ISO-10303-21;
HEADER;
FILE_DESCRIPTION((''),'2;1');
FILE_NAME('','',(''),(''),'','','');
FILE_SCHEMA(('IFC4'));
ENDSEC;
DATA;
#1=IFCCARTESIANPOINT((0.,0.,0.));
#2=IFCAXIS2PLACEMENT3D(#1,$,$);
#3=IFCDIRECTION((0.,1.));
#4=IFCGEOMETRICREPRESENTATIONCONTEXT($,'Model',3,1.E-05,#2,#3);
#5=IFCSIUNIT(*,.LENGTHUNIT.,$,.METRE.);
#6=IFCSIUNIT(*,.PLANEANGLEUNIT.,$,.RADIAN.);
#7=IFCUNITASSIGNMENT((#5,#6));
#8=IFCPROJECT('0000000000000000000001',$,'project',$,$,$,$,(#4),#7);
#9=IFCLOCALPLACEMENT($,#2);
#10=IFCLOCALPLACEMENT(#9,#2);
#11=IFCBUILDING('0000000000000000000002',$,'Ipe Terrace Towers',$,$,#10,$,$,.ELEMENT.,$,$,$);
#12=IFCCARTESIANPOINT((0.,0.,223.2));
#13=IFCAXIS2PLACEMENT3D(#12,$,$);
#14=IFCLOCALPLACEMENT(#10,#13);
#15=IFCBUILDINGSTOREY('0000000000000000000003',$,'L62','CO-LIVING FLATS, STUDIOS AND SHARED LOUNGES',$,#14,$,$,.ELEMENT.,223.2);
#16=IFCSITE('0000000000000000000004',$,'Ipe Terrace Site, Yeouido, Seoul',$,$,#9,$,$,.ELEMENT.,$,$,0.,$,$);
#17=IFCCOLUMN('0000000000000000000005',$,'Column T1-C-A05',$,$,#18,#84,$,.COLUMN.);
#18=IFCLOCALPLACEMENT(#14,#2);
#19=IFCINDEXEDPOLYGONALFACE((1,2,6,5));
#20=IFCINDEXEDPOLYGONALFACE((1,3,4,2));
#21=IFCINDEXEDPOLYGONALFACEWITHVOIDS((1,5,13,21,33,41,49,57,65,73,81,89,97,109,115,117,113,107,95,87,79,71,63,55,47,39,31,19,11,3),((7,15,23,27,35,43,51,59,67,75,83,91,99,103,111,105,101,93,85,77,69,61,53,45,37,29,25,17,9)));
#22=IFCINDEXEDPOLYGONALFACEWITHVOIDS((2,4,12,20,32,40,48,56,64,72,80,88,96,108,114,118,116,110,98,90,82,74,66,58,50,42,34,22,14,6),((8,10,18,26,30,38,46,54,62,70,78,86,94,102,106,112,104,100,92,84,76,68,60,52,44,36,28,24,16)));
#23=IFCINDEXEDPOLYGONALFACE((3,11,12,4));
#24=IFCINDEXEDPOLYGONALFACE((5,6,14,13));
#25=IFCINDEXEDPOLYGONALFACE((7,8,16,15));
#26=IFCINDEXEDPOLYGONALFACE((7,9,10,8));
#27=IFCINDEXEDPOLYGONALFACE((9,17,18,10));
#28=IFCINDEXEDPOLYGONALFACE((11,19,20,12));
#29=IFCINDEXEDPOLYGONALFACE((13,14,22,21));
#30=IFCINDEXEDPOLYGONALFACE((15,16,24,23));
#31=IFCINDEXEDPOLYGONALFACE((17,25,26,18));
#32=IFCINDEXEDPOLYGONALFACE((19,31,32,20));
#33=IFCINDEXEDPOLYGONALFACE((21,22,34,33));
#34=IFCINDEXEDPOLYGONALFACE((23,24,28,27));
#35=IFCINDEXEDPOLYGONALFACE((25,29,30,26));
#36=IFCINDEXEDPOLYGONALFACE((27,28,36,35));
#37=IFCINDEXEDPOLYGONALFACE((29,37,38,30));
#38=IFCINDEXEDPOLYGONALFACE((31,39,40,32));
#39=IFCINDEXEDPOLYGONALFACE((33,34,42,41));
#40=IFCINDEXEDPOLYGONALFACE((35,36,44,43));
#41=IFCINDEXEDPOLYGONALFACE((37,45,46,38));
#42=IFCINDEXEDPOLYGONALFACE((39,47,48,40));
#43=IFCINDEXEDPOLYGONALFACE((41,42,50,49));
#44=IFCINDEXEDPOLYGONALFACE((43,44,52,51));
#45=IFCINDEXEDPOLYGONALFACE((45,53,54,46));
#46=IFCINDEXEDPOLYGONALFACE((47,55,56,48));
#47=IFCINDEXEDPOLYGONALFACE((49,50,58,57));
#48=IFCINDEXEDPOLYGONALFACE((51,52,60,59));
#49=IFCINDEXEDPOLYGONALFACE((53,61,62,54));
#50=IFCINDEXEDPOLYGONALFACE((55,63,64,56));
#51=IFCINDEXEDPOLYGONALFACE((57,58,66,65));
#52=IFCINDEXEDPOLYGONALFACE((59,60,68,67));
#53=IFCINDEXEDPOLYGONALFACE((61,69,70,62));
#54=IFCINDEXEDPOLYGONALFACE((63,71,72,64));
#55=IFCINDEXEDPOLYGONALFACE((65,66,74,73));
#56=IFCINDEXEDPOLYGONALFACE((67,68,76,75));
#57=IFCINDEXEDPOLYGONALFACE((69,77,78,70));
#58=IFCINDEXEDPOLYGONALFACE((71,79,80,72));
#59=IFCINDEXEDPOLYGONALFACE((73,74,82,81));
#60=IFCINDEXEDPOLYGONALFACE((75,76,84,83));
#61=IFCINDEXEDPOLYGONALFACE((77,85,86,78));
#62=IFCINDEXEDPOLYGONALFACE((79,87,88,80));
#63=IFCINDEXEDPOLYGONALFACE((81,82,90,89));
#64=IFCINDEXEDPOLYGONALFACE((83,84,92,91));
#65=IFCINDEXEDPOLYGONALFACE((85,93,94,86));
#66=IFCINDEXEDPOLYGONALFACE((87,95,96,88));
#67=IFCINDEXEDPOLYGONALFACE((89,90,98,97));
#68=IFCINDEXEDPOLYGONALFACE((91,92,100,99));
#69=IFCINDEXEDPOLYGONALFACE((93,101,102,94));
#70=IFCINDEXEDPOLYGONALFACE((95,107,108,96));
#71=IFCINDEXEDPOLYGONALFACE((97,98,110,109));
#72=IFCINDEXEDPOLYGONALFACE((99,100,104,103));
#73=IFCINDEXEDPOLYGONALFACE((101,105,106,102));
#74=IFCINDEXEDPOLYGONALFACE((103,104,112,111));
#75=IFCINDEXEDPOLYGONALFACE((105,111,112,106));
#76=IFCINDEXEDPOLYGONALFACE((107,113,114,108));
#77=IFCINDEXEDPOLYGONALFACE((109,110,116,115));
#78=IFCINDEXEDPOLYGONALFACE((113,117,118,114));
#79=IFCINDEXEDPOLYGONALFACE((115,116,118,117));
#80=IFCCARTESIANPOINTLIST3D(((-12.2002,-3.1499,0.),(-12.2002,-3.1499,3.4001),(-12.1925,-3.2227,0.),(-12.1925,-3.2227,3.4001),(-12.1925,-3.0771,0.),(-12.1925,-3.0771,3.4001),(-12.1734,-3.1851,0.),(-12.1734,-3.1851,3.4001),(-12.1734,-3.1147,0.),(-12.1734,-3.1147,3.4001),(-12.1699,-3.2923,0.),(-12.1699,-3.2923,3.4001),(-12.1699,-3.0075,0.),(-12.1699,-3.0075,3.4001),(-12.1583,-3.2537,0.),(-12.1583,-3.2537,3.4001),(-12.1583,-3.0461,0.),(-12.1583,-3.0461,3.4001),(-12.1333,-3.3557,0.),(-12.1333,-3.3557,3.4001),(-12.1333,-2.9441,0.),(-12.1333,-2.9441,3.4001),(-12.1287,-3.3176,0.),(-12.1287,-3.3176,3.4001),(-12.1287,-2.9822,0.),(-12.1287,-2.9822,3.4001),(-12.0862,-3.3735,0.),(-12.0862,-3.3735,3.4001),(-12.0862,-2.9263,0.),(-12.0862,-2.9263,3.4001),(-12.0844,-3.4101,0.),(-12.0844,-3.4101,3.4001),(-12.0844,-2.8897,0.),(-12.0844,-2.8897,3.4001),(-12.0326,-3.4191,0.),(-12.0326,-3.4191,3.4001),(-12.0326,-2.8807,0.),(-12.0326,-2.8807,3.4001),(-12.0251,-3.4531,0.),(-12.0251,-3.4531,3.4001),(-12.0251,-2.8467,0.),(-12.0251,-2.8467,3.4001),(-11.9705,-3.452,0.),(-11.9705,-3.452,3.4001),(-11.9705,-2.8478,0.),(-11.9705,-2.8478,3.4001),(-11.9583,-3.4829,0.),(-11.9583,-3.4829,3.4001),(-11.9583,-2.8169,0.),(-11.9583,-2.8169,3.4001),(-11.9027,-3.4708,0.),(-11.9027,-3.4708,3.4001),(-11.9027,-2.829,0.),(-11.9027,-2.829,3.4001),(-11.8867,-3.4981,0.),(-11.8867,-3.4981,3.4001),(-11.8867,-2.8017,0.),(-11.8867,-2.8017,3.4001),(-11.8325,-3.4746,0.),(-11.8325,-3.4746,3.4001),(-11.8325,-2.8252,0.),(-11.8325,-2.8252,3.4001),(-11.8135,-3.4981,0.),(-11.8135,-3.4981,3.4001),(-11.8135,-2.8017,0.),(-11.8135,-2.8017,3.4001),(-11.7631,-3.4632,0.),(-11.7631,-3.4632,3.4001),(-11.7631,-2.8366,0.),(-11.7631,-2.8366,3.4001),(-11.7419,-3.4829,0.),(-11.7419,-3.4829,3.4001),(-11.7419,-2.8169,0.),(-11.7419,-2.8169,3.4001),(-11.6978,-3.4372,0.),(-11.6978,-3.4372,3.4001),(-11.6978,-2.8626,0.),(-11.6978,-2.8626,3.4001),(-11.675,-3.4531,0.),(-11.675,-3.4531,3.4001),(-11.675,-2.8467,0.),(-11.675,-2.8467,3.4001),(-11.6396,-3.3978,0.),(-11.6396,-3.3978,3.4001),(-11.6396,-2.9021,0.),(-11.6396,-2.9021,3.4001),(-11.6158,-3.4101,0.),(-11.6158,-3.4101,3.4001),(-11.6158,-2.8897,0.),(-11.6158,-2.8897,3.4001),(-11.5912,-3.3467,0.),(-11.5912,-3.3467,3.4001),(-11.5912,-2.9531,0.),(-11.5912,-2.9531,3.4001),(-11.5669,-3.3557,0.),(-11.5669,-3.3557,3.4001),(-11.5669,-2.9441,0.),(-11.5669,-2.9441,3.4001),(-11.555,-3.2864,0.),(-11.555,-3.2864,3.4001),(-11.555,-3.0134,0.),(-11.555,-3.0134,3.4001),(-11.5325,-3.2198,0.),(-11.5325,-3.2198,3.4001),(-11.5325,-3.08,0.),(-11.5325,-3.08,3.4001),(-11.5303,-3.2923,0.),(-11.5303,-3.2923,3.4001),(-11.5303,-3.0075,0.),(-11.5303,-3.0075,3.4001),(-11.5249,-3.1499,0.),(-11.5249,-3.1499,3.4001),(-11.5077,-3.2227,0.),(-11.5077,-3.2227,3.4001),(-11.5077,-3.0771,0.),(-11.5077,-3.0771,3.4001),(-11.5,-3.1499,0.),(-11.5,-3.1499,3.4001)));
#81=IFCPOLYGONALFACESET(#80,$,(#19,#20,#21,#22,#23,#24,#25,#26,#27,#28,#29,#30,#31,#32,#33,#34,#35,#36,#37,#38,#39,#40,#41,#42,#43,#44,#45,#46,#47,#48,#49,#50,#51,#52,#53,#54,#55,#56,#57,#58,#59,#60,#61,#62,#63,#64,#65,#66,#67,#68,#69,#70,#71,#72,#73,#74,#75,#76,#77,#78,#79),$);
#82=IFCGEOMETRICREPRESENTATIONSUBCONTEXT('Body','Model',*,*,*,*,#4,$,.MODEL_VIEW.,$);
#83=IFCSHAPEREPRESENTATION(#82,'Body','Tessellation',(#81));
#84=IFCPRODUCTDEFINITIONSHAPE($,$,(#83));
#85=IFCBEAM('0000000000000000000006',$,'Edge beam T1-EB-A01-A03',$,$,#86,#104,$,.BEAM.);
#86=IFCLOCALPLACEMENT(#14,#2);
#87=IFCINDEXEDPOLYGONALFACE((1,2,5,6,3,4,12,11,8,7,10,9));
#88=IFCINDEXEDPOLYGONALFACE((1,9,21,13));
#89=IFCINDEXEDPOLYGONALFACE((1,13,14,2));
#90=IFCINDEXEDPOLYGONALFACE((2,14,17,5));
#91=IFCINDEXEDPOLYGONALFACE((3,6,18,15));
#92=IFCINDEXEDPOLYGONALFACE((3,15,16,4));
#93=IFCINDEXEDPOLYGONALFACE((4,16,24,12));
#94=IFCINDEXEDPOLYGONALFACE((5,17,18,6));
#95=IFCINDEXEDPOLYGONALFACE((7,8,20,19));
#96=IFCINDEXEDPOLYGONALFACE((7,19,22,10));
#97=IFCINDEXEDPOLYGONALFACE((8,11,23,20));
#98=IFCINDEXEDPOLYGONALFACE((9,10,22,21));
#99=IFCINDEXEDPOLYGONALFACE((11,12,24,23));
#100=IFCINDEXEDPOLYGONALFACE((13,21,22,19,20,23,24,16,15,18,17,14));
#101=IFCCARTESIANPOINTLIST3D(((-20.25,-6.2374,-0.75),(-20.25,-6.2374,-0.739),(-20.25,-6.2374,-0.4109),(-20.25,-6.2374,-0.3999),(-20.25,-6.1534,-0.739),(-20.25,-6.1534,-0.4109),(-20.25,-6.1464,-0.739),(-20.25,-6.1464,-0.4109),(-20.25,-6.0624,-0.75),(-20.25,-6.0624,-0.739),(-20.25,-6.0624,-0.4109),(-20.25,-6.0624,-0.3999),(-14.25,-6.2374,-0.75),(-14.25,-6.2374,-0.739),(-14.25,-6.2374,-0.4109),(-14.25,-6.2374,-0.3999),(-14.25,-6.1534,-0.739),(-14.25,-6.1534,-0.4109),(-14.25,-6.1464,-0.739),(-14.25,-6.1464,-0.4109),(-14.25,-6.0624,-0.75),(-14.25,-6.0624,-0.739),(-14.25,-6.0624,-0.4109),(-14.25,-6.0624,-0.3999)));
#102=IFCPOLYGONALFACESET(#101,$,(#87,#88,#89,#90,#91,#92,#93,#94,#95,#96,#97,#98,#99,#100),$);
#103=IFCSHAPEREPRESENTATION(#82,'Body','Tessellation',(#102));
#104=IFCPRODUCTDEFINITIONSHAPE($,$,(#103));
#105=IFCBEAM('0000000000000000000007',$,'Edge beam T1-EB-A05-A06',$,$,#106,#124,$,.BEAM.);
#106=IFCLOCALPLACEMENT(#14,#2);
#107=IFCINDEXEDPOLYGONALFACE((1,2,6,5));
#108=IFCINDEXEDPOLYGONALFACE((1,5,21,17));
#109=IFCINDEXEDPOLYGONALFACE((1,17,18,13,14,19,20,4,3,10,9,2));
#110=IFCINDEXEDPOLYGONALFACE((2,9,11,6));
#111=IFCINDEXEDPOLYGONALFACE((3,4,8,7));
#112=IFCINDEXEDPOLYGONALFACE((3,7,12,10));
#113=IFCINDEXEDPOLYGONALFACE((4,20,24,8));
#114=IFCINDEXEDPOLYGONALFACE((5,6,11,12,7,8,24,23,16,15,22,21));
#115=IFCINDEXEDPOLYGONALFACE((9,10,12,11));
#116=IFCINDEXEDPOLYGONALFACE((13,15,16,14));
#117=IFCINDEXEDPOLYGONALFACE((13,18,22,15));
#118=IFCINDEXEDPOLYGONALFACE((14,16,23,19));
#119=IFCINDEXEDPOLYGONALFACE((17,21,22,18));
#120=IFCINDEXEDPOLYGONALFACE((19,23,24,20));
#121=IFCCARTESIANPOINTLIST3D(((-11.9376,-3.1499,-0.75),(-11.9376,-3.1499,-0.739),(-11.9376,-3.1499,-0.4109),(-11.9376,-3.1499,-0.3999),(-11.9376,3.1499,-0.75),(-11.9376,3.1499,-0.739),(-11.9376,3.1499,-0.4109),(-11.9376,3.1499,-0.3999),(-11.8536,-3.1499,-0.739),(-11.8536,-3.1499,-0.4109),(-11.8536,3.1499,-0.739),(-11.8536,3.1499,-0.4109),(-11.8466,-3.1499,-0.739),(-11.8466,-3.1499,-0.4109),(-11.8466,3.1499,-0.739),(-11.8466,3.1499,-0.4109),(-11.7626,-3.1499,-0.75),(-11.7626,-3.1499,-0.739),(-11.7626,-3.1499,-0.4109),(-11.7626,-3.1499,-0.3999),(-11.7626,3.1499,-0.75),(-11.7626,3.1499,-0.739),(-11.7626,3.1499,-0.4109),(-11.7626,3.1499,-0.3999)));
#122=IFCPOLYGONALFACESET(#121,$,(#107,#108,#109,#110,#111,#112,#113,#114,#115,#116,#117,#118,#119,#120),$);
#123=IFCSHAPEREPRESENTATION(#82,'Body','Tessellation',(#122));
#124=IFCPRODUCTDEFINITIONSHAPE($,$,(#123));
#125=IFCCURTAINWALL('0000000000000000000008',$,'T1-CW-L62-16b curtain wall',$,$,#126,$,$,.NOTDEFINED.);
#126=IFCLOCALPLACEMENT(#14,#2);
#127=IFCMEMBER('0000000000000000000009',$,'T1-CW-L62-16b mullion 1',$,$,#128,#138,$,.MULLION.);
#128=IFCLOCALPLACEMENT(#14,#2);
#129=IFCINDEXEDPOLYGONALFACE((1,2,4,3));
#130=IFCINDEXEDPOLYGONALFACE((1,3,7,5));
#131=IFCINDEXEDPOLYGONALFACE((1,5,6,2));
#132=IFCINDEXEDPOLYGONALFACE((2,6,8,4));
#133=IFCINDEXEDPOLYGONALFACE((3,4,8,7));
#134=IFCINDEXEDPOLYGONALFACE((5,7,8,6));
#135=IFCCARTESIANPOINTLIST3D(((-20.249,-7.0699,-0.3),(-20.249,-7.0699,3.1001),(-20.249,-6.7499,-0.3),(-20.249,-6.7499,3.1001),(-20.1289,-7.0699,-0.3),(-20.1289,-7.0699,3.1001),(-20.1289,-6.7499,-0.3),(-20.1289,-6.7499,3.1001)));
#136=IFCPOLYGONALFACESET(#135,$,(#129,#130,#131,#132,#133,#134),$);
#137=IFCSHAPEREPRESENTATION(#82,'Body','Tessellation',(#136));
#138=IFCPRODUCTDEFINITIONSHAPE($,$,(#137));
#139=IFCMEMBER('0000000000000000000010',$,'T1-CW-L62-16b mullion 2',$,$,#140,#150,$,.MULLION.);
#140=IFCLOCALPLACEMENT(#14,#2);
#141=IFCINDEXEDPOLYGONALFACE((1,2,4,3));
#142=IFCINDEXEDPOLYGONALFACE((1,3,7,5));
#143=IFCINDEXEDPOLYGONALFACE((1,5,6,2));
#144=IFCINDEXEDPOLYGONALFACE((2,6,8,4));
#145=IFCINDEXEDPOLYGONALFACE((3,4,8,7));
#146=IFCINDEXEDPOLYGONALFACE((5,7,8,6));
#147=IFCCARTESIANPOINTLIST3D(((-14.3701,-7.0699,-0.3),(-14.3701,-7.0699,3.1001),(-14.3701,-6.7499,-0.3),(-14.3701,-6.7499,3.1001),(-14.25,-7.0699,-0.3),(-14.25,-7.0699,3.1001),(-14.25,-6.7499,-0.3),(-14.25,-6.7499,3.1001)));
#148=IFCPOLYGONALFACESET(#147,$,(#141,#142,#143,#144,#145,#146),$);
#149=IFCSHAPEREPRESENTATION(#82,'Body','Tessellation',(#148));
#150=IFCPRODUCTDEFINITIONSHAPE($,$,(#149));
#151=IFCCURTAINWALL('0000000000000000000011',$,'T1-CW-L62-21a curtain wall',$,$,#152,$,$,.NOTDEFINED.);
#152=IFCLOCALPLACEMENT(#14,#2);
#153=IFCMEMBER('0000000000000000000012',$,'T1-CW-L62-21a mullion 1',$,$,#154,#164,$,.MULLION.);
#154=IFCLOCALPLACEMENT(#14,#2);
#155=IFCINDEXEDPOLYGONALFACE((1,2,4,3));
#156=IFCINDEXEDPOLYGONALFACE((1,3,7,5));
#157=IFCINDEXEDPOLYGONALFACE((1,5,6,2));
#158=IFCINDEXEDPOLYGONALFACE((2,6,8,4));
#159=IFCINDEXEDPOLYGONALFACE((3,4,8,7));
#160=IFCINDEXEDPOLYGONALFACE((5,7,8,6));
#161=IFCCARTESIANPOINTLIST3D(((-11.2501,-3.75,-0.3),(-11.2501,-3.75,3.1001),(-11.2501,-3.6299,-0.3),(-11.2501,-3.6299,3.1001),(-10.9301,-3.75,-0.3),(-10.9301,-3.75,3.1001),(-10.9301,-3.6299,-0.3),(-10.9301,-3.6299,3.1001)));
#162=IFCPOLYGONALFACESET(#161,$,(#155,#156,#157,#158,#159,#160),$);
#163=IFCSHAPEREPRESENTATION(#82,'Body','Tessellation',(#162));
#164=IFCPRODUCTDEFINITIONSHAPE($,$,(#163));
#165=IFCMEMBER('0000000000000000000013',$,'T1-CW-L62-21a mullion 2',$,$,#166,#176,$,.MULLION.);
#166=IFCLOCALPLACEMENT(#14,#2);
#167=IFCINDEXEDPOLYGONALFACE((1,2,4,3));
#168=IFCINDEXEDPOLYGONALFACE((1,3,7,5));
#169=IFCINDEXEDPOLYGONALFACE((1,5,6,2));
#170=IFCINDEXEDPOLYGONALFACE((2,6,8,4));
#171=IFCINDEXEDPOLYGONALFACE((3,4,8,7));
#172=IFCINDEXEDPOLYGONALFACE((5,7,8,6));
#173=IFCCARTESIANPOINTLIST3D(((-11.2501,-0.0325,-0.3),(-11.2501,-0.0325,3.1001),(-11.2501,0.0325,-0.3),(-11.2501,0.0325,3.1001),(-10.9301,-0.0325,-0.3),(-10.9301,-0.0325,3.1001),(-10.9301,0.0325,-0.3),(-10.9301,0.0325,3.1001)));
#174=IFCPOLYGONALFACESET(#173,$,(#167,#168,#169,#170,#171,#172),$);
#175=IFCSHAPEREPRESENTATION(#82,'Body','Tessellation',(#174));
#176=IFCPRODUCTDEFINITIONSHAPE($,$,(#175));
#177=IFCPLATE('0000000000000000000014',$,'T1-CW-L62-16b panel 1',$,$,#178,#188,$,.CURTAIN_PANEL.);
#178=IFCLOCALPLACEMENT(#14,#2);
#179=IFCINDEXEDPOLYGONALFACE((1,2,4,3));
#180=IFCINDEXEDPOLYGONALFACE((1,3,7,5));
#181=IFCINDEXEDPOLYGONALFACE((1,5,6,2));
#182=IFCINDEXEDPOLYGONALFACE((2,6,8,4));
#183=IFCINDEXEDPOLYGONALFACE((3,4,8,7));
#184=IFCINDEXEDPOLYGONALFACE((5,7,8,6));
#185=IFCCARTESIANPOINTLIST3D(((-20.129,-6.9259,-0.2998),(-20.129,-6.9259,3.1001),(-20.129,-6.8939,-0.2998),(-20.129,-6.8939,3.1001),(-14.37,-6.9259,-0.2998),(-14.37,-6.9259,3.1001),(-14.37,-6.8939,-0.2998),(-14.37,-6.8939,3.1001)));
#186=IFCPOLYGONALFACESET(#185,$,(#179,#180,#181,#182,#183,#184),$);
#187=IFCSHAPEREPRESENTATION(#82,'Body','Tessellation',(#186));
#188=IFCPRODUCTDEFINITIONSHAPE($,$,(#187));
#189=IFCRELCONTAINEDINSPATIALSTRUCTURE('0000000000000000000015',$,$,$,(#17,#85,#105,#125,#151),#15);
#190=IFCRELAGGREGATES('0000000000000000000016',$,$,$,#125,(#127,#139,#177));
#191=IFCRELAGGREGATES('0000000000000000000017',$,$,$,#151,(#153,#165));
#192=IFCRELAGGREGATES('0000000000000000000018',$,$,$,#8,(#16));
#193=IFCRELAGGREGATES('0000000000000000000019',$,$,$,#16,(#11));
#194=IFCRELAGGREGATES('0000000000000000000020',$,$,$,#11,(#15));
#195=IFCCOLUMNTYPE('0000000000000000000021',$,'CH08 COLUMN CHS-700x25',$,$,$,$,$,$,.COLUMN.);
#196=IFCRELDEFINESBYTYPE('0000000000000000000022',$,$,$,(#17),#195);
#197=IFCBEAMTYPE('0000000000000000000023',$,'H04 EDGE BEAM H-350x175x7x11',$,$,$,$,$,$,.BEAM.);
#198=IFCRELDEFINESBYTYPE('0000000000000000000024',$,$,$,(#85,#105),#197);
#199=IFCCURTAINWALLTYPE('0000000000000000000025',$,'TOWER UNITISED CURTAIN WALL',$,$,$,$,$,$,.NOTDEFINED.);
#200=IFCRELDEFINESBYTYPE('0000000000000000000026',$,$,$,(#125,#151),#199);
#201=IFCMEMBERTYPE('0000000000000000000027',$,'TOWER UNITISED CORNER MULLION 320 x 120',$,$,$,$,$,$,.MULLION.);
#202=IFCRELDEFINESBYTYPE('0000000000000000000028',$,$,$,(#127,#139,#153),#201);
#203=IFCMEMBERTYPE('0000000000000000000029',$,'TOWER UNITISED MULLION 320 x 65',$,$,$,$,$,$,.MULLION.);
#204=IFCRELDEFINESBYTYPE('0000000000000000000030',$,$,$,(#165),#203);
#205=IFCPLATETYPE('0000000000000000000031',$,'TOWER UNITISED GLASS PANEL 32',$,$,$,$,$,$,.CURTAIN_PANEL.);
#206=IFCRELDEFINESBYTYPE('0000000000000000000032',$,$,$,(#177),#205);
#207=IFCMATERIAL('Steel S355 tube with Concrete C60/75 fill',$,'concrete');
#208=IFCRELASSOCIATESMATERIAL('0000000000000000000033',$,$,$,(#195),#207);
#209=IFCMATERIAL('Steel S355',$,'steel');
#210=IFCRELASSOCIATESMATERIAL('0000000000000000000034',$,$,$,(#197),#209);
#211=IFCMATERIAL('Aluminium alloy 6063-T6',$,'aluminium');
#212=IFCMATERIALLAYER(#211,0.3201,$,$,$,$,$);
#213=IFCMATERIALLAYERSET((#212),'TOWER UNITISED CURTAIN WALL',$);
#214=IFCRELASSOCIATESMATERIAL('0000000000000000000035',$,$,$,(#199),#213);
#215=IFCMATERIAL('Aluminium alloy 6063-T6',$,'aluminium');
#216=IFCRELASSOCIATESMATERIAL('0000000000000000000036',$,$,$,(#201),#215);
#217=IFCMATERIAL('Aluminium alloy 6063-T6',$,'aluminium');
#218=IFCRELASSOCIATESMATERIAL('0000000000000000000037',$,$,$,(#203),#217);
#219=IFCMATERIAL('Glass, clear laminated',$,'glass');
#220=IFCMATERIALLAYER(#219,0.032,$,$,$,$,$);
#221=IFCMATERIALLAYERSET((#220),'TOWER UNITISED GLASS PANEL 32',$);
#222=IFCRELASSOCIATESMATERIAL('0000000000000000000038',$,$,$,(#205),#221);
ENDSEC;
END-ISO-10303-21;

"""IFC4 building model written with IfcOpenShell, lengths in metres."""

from ifc_helpers import new_model, si_unit, direction, frame, origin, origin_2d, place, context, subcontext, project, spatial, rectangle, hollow_circle, i_section, extrude, material, layer, layer_set, material_profile, profile_set, type_object, element, aggregate, save


model = new_model("IFC4")

# Units and contexts
model_context = context("Model", 3, precision=1e-05, world=origin(), true_north=direction((0.0, 1.0)))
body_context = subcontext(model_context, "Body", "Model", "MODEL_VIEW")
ifc_project = project(units=[si_unit("LENGTHUNIT", "METRE"), si_unit("PLANEANGLEUNIT", "RADIAN")], contexts=[model_context])

# Site, building, storey
site_placement = place(None, origin())
site = spatial("IfcSite", under=ifc_project, at=site_placement, Name="Ipe Terrace Site, Yeouido, Seoul", CompositionType="ELEMENT", RefElevation=0.0)
building_placement = place(site_placement, origin())
building = spatial("IfcBuilding", under=site, at=building_placement, Name="Ipe Terrace Towers", CompositionType="ELEMENT")
storey_placement = place(building_placement, frame((0.0, 0.0, 223.2)))
storey = spatial("IfcBuildingStorey", under=building, at=storey_placement, Name="L62", Description="CO-LIVING FLATS, STUDIOS AND SHARED LOUNGES", CompositionType="ELEMENT", Elevation=223.2)

# Column
ifc_material_1 = material(Name="Steel S355 tube with Concrete C60/75 fill", Category="concrete")
ifc_material_profile_1 = material_profile(ifc_material_1, hollow_circle(Radius=0.3501, WallThickness=0.0249, at=origin_2d()), Name="CHS-700x25")
ifc_profile_set_1 = profile_set([ifc_material_profile_1], Name="Steel S355 tube with Concrete C60/75 fill")
column_type = type_object("IfcColumnType", Name="CH08 COLUMN CHS-700x25", PredefinedType="COLUMN", material=ifc_profile_set_1)
for number, where, z_axis, x_axis, name in (
    (1, (-11.8501, -3.1499, 0.0), (0.0, 0.0, 1.0), (1.0, 0.0, 0.0), "Column T1-C-A05"),
):
    element("IfcColumn", number, at=place(storey_placement, frame(where, z_axis=z_axis, x_axis=x_axis)), inside=storey, type_object=column_type, Name=name, PredefinedType="COLUMN", context=body_context, shape_type="SweptSolid", body=[
        extrude(hollow_circle(Radius=0.3501, WallThickness=0.0249, at=origin_2d()), origin(), (0.0, 0.0, 1.0), 3.4001),
    ])

# Beams
ifc_material_2 = material(Name="Steel S355", Category="steel")
ifc_material_profile_2 = material_profile(ifc_material_2, i_section(OverallWidth=0.175, OverallDepth=0.3501, WebThickness=0.0071, FlangeThickness=0.011, at=origin_2d()), Name="H-350x175x7x11")
ifc_profile_set_2 = profile_set([ifc_material_profile_2], Name="Steel S355")
beam_type = type_object("IfcBeamType", Name="H04 EDGE BEAM H-350x175x7x11", PredefinedType="BEAM", material=ifc_profile_set_2)
beam_1_placement = place(storey_placement, frame((-20.25, -6.1499, -0.575), z_axis=(1.0, 0.0, 0.0), x_axis=(0.0, 1.0, 0.0)))
element("IfcBeam", 2, at=beam_1_placement, inside=storey, type_object=beam_type, Name="Edge beam T1-EB-A01-A03", PredefinedType="BEAM", context=body_context, shape_type="SweptSolid", body=[
    extrude(i_section(OverallWidth=0.175, OverallDepth=0.3501, WebThickness=0.0071, FlangeThickness=0.011, at=origin_2d()), origin(), (0.0, 0.0, 1.0), 6.0),
])
beam_2_placement = place(storey_placement, frame((-11.8501, -3.1499, -0.575), z_axis=(0.0, 1.0, 0.0), x_axis=(-1.0, 0.0, 0.0)))
element("IfcBeam", 3, at=beam_2_placement, inside=storey, type_object=beam_type, Name="Edge beam T1-EB-A05-A06", PredefinedType="BEAM", context=body_context, shape_type="SweptSolid", body=[
    extrude(i_section(OverallWidth=0.175, OverallDepth=0.3501, WebThickness=0.0071, FlangeThickness=0.011, at=origin_2d()), origin(), (0.0, 0.0, 1.0), 6.2998),
])

# Curtain walls, members
ifc_material_3 = material(Name="Aluminium alloy 6063-T6", Category="aluminium")
ifc_layer_1 = layer(ifc_material_3, 0.3201)
ifc_layer_set_1 = layer_set([ifc_layer_1], Name="TOWER UNITISED CURTAIN WALL")
curtain_wall_type = type_object("IfcCurtainWallType", Name="TOWER UNITISED CURTAIN WALL", PredefinedType="NOTDEFINED", material=ifc_layer_set_1)
curtain_wall_1_placement = place(storey_placement, origin())
curtain_wall_1 = element("IfcCurtainWall", 4, at=curtain_wall_1_placement, inside=storey, type_object=curtain_wall_type, Name="T1-CW-L62-16b curtain wall", PredefinedType="NOTDEFINED")
ifc_material_4 = material(Name="Aluminium alloy 6063-T6", Category="aluminium")
ifc_material_profile_3 = material_profile(ifc_material_4, rectangle(XDim=0.3201, YDim=0.1201, at=origin_2d()), Name="TOWER UNITISED CORNER MULLION 320 x 120")
ifc_profile_set_3 = profile_set([ifc_material_profile_3], Name="Aluminium alloy 6063-T6")
member_type_1 = type_object("IfcMemberType", Name="TOWER UNITISED CORNER MULLION 320 x 120", PredefinedType="MULLION", material=ifc_profile_set_3)
member_1_placement = place(storey_placement, frame((-20.189, -6.9099, -0.3), z_axis=(0.0, 0.0, 1.0), x_axis=(0.0, -1.0, 0.0)))
member_1 = element("IfcMember", 5, at=member_1_placement, type_object=member_type_1, Name="T1-CW-L62-16b mullion 1", PredefinedType="MULLION", context=body_context, shape_type="SweptSolid", body=[
    extrude(rectangle(XDim=0.3201, YDim=0.1201, at=origin_2d()), origin(), (0.0, 0.0, 1.0), 3.4001),
])
member_2_placement = place(storey_placement, frame((-14.3101, -6.9099, -0.3), z_axis=(0.0, 0.0, 1.0), x_axis=(0.0, -1.0, 0.0)))
member_2 = element("IfcMember", 6, at=member_2_placement, type_object=member_type_1, Name="T1-CW-L62-16b mullion 2", PredefinedType="MULLION", context=body_context, shape_type="SweptSolid", body=[
    extrude(rectangle(XDim=0.3201, YDim=0.1201, at=origin_2d()), origin(), (0.0, 0.0, 1.0), 3.4001),
])
curtain_wall_2_placement = place(storey_placement, origin())
curtain_wall_2 = element("IfcCurtainWall", 7, at=curtain_wall_2_placement, inside=storey, type_object=curtain_wall_type, Name="T1-CW-L62-21a curtain wall", PredefinedType="NOTDEFINED")
member_3_placement = place(storey_placement, frame((-11.0901, -3.6899, -0.3), z_axis=(0.0, 0.0, 1.0), x_axis=(1.0, 0.0, 0.0)))
member_3 = element("IfcMember", 8, at=member_3_placement, type_object=member_type_1, Name="T1-CW-L62-21a mullion 1", PredefinedType="MULLION", context=body_context, shape_type="SweptSolid", body=[
    extrude(rectangle(XDim=0.3201, YDim=0.1201, at=origin_2d()), origin(), (0.0, 0.0, 1.0), 3.4001),
])
ifc_material_5 = material(Name="Aluminium alloy 6063-T6", Category="aluminium")
ifc_material_profile_4 = material_profile(ifc_material_5, rectangle(XDim=0.3201, YDim=0.0649, at=origin_2d()), Name="TOWER UNITISED MULLION 320 x 65")
ifc_profile_set_4 = profile_set([ifc_material_profile_4], Name="Aluminium alloy 6063-T6")
member_type_2 = type_object("IfcMemberType", Name="TOWER UNITISED MULLION 320 x 65", PredefinedType="MULLION", material=ifc_profile_set_4)
member_4_placement = place(storey_placement, frame((-11.0901, 0.0, -0.3), z_axis=(0.0, 0.0, 1.0), x_axis=(1.0, 0.0, 0.0)))
member_4 = element("IfcMember", 9, at=member_4_placement, type_object=member_type_2, Name="T1-CW-L62-21a mullion 2", PredefinedType="MULLION", context=body_context, shape_type="SweptSolid", body=[
    extrude(rectangle(XDim=0.3201, YDim=0.0649, at=origin_2d()), origin(), (0.0, 0.0, 1.0), 3.4001),
])

# Plate
ifc_material_6 = material(Name="Glass, clear laminated", Category="glass")
ifc_layer_2 = layer(ifc_material_6, 0.032)
ifc_layer_set_2 = layer_set([ifc_layer_2], Name="TOWER UNITISED GLASS PANEL 32")
plate_type = type_object("IfcPlateType", Name="TOWER UNITISED GLASS PANEL 32", PredefinedType="CURTAIN_PANEL", material=ifc_layer_set_2)
plate_1_placement = place(storey_placement, frame((-17.2495, -6.9099, -0.2998), z_axis=(0.0, 0.0, 1.0), x_axis=(1.0, 0.0, 0.0)))
plate_1 = element("IfcPlate", 10, at=plate_1_placement, type_object=plate_type, Name="T1-CW-L62-16b panel 1", PredefinedType="CURTAIN_PANEL", context=body_context, shape_type="SweptSolid", body=[
    extrude(rectangle(XDim=5.759, YDim=0.032, at=origin_2d()), origin(), (0.0, 0.0, 1.0), 3.3999),
])
aggregate(curtain_wall_1, [member_1, member_2, plate_1])
aggregate(curtain_wall_2, [member_3, member_4])

save(model, "model.ifc")
